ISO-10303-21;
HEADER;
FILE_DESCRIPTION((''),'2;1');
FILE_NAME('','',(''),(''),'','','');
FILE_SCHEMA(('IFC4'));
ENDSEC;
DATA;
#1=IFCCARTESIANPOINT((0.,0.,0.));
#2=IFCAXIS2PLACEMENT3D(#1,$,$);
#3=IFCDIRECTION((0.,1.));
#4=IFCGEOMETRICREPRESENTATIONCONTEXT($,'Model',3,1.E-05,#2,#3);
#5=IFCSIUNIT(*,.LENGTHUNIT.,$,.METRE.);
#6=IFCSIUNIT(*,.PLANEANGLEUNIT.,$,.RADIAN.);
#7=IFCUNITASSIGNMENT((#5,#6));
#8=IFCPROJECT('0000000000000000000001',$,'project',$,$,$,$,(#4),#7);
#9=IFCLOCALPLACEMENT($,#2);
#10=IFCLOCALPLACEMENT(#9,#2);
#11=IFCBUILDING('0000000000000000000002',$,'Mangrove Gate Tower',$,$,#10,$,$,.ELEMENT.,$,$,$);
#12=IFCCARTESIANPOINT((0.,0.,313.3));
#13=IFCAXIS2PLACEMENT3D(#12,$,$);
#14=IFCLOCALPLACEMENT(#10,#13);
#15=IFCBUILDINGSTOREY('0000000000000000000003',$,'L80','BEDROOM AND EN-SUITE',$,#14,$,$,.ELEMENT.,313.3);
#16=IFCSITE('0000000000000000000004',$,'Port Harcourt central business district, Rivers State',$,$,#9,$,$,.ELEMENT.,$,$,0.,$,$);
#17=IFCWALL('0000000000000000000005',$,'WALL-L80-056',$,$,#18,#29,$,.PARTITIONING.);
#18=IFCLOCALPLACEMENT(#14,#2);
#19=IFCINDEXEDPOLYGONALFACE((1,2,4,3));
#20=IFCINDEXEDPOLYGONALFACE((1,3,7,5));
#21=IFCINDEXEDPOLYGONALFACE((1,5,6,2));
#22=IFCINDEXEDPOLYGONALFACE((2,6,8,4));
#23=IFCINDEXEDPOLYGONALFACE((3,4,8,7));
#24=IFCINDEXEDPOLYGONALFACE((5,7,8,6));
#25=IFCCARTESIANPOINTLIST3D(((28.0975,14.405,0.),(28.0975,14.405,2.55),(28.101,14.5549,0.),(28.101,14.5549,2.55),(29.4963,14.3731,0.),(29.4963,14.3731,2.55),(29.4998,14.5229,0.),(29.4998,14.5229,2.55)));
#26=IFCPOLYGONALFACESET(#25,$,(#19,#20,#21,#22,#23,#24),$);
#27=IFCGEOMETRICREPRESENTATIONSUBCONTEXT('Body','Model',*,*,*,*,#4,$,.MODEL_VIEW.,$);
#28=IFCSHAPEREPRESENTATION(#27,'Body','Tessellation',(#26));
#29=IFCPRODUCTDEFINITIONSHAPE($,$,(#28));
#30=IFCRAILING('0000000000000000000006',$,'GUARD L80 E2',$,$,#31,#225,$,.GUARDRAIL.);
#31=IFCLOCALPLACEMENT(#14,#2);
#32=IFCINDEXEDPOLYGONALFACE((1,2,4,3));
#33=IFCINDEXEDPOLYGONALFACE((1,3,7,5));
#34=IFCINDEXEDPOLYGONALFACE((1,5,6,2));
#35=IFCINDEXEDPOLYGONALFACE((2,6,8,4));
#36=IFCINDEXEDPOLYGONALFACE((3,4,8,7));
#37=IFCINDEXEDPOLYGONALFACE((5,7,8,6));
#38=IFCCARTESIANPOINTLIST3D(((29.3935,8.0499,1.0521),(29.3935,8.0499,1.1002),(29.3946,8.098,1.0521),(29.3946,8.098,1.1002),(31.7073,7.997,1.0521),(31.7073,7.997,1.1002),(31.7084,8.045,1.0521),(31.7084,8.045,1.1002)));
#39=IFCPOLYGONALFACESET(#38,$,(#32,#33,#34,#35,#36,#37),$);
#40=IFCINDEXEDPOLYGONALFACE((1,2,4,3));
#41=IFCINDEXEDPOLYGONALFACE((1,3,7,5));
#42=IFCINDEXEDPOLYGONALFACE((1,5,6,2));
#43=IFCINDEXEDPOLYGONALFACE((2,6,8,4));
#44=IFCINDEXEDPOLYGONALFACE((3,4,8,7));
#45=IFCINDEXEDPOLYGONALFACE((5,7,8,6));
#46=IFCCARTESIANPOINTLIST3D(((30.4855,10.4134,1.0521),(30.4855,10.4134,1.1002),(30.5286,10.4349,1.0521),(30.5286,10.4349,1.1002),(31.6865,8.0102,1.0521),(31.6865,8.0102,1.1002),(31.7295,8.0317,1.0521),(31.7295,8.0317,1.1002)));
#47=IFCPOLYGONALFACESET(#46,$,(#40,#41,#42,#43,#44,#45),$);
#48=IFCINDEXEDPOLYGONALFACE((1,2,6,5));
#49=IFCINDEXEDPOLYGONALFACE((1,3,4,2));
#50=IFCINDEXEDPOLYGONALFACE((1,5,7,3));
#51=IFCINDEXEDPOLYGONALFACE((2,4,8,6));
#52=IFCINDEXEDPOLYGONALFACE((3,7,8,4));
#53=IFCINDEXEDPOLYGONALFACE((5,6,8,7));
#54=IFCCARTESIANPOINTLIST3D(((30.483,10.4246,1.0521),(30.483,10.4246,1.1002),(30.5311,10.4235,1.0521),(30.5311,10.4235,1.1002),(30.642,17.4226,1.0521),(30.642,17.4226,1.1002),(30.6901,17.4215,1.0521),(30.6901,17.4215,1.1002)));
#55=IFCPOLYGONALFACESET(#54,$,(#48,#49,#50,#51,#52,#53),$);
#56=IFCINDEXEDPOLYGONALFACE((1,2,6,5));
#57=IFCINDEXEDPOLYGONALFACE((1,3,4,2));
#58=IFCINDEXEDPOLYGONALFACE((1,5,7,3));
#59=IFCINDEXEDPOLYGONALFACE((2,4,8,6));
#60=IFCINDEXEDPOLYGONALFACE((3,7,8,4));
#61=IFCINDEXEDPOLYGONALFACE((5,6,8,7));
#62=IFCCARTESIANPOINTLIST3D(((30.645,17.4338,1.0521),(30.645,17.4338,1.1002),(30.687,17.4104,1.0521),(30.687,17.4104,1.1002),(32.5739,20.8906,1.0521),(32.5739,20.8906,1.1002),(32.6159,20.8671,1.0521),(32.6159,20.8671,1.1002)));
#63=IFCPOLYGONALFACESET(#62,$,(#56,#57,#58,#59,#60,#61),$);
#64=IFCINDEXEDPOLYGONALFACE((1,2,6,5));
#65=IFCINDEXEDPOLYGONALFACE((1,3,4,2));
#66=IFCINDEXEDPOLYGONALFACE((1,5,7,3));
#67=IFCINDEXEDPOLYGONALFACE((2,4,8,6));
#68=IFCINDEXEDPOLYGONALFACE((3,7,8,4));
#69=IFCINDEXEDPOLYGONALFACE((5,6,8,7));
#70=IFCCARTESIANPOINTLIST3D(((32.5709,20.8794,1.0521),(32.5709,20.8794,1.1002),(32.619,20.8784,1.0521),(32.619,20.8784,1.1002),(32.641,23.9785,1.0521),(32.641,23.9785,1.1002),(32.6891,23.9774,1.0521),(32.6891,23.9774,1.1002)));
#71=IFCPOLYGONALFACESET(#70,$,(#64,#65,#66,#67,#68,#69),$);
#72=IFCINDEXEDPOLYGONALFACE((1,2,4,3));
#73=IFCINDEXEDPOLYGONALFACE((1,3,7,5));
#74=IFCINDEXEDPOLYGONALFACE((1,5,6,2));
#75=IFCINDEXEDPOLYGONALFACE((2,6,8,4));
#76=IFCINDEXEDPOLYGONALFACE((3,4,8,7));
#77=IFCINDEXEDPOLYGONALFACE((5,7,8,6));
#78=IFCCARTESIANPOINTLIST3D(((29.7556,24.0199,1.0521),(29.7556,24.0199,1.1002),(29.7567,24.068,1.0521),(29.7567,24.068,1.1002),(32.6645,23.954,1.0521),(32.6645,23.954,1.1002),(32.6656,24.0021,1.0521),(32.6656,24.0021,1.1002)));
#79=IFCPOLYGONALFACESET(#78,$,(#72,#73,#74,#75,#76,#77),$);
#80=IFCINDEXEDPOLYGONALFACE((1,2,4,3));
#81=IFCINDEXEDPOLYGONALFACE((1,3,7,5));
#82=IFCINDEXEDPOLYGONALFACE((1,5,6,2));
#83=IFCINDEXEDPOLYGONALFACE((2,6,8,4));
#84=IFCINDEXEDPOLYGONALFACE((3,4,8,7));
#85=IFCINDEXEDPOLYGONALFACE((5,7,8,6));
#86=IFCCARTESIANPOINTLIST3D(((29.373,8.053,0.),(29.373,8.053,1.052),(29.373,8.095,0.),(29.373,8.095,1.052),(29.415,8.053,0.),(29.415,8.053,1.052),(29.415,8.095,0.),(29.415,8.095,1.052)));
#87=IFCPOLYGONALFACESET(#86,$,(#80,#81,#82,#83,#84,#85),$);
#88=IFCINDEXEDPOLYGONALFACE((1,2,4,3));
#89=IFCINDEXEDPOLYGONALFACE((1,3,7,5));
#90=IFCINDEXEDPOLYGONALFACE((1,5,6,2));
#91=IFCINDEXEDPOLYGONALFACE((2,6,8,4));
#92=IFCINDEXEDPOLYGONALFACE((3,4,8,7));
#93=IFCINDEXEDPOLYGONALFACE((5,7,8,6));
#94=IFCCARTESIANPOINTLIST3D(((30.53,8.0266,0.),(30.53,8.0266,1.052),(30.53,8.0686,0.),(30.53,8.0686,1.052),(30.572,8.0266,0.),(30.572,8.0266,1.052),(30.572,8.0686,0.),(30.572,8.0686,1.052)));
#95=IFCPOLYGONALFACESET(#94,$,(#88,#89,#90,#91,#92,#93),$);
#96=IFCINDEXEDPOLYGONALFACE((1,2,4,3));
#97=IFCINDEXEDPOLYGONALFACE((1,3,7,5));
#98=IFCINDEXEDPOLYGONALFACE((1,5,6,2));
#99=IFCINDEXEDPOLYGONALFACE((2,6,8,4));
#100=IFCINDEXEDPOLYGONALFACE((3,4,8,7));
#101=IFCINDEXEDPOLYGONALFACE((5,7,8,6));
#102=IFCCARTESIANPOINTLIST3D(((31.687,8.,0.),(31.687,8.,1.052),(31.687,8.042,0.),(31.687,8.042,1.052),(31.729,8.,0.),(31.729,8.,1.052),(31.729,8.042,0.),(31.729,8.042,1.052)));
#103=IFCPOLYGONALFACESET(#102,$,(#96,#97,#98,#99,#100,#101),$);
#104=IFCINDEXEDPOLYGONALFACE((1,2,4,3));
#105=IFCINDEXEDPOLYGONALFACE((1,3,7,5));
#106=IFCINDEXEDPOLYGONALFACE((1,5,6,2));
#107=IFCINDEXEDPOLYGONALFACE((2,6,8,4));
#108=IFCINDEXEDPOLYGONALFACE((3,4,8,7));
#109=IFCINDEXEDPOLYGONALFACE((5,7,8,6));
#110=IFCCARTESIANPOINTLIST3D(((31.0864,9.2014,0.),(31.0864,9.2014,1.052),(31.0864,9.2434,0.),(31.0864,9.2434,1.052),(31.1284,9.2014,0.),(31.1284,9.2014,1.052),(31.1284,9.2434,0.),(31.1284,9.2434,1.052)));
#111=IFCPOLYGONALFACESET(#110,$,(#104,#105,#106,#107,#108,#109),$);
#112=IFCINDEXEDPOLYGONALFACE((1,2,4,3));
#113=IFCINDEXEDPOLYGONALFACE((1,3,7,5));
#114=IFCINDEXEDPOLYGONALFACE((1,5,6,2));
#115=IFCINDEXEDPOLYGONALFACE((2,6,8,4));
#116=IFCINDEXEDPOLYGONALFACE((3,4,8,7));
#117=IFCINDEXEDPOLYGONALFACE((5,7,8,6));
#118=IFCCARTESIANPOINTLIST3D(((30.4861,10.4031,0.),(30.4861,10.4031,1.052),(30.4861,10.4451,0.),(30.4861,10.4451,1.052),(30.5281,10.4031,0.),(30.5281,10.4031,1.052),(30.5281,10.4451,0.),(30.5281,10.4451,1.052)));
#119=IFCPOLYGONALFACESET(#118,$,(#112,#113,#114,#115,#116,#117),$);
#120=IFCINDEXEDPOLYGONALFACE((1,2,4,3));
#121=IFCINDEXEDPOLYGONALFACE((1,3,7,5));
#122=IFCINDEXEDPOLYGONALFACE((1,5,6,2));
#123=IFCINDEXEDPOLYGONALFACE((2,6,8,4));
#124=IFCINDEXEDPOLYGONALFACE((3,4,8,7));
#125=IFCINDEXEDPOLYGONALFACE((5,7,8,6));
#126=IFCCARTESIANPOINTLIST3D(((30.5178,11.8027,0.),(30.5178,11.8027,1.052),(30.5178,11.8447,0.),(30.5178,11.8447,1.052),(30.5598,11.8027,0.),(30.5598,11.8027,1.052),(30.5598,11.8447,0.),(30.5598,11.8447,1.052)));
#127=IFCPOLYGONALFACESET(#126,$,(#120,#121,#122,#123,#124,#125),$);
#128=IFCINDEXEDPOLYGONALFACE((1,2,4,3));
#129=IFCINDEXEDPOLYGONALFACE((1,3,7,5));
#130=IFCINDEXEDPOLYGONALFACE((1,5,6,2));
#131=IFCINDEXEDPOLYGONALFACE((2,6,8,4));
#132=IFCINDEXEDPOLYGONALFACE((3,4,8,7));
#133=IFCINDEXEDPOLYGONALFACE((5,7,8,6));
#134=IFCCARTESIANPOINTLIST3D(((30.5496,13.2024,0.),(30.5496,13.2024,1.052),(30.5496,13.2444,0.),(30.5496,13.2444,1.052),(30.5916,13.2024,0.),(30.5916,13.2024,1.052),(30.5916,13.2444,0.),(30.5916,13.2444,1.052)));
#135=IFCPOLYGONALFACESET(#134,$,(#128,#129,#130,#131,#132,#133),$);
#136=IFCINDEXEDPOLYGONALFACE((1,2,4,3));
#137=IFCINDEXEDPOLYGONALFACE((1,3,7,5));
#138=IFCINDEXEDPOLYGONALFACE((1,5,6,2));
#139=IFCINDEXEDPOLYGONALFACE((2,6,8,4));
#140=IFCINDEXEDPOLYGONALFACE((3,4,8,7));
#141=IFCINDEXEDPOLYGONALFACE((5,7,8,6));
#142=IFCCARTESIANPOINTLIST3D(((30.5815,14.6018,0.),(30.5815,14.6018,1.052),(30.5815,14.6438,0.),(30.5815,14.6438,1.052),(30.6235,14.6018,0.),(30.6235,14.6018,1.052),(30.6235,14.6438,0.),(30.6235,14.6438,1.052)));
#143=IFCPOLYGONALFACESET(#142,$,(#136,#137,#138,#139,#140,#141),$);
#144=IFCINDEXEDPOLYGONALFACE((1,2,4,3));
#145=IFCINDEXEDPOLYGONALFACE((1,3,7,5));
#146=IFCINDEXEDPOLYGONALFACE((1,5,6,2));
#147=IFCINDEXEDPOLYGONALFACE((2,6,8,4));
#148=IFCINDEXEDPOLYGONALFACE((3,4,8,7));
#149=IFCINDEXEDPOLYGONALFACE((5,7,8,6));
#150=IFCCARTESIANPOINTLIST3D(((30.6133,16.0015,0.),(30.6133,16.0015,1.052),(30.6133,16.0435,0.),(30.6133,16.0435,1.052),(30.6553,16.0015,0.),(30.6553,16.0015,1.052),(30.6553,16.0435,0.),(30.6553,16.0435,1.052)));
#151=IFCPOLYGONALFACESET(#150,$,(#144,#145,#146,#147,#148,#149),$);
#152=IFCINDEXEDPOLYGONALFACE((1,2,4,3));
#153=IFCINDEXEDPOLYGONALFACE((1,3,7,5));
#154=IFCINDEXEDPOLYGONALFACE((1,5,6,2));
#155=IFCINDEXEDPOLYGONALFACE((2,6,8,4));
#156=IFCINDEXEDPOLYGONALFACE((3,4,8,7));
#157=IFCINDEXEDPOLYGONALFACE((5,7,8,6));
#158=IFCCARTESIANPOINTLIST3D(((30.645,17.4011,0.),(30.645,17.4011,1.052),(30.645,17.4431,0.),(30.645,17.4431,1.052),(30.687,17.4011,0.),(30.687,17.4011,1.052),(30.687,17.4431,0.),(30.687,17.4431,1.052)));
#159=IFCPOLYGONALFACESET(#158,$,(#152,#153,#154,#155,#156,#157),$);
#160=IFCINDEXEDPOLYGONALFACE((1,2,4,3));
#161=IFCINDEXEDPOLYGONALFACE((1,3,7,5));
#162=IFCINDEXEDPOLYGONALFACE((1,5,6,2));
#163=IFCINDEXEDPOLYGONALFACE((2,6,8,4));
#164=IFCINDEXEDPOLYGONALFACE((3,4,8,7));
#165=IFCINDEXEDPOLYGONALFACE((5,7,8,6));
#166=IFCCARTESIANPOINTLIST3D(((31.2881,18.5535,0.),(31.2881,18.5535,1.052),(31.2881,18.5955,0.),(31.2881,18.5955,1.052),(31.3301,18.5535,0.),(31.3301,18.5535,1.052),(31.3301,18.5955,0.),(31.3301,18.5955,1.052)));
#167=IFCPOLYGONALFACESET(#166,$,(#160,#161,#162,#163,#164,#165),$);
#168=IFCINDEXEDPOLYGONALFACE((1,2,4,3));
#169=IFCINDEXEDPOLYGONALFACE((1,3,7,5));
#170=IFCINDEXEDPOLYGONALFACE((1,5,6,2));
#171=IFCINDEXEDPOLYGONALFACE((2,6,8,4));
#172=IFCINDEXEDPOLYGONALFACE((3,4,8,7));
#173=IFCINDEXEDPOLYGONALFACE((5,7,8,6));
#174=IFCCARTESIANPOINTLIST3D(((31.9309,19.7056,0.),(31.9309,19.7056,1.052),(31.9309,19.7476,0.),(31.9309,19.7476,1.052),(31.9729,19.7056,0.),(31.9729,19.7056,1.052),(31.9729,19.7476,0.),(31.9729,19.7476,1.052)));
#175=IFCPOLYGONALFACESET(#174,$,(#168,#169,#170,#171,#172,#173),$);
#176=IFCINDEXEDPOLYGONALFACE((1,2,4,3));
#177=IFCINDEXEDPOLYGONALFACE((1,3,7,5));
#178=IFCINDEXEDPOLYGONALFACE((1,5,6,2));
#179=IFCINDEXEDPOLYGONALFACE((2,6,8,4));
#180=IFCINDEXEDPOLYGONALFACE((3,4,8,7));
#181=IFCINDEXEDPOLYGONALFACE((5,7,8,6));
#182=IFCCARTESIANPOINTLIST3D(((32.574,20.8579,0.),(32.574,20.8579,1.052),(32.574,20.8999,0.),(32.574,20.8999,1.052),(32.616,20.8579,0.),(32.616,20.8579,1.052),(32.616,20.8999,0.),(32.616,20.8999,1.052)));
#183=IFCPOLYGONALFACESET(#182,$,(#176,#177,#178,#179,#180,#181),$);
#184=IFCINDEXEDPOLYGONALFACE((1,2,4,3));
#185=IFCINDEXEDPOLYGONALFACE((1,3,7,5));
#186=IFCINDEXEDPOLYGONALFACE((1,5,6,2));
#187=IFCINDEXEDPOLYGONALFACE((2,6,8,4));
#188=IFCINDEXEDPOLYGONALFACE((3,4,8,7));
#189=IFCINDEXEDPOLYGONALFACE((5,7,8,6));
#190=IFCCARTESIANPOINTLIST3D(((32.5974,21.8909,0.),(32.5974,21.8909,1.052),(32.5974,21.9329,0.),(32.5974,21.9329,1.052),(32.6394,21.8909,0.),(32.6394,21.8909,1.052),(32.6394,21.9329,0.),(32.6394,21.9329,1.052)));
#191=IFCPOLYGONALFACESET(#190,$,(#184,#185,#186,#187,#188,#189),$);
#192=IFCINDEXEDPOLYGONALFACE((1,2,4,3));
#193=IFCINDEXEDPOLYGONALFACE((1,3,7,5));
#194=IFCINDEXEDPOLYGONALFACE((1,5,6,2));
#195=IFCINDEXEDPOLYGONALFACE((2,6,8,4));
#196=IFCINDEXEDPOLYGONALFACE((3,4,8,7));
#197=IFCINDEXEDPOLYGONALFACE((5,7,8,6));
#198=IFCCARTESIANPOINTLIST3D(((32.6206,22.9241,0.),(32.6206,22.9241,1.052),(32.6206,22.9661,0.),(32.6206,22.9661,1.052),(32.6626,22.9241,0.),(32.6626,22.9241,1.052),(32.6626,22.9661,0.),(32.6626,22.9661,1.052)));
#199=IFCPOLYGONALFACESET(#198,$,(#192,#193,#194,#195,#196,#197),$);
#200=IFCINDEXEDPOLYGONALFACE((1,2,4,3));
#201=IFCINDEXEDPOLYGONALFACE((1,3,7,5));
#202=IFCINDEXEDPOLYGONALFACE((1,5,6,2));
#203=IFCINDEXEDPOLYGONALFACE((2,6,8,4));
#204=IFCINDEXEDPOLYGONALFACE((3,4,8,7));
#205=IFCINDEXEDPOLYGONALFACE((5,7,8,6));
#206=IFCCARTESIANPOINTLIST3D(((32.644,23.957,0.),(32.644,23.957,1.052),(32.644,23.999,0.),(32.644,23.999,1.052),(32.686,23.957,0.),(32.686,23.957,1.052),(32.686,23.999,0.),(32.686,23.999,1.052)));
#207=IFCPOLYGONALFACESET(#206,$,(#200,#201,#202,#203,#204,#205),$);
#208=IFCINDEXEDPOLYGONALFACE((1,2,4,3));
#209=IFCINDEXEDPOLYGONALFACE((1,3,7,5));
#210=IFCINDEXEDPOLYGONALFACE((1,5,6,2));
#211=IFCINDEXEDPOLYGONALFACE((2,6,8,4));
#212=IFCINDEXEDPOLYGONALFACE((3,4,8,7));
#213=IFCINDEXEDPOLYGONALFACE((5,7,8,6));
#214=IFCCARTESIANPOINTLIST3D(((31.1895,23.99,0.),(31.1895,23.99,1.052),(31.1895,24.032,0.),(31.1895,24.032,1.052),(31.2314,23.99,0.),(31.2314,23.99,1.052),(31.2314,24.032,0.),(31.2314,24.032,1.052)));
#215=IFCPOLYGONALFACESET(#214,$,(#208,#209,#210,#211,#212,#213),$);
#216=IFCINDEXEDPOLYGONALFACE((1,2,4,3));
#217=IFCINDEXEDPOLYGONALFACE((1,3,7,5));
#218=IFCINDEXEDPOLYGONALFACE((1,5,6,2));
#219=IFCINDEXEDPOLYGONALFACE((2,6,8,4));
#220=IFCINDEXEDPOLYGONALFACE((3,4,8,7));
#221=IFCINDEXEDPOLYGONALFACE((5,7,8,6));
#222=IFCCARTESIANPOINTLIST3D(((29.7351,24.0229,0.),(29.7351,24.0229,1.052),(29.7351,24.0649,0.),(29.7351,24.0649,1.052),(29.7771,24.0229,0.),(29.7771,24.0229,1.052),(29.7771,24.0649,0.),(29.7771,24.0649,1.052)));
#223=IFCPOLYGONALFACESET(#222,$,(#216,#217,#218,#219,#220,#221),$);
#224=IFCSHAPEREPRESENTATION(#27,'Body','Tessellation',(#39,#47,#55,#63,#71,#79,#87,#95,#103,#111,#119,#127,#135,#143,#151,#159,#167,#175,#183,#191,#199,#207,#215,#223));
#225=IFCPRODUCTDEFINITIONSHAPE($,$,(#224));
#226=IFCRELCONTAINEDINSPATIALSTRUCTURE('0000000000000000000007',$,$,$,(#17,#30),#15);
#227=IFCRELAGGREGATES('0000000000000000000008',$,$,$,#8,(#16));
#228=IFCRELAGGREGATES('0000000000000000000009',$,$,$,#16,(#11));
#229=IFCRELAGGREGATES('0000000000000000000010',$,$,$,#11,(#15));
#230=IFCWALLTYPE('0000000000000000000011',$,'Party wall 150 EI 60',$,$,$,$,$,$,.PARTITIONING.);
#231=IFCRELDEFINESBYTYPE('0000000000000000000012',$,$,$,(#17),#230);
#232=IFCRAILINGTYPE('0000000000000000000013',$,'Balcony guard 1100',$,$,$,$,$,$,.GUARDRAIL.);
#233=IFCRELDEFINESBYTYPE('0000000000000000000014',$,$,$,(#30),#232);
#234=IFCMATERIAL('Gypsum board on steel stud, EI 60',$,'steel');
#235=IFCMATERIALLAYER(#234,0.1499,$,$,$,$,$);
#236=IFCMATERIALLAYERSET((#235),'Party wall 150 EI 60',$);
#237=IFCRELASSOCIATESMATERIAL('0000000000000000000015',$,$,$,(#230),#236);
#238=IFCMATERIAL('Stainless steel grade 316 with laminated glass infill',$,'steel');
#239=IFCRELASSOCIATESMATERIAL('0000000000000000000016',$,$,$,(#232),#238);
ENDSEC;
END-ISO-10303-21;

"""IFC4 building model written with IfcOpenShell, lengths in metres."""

from ifc_helpers import new_model, si_unit, direction, frame, frame_2d, origin, origin_2d, place, context, subcontext, project, spatial, rectangle, extrude, material, layer, layer_set, type_object, element, save


model = new_model("IFC4")

# Units and contexts
model_context = context("Model", 3, precision=1e-05, world=origin(), true_north=direction((0.0, 1.0)))
body_context = subcontext(model_context, "Body", "Model", "MODEL_VIEW")
ifc_project = project(units=[si_unit("LENGTHUNIT", "METRE"), si_unit("PLANEANGLEUNIT", "RADIAN")], contexts=[model_context])

# Site, building, storey
site_placement = place(None, origin())
site = spatial("IfcSite", under=ifc_project, at=site_placement, Name="Port Harcourt central business district, Rivers State", CompositionType="ELEMENT", RefElevation=0.0)
building_placement = place(site_placement, origin())
building = spatial("IfcBuilding", under=site, at=building_placement, Name="Mangrove Gate Tower", CompositionType="ELEMENT")
storey_placement = place(building_placement, frame((0.0, 0.0, 313.3)))
storey = spatial("IfcBuildingStorey", under=building, at=storey_placement, Name="L80", Description="BEDROOM AND EN-SUITE", CompositionType="ELEMENT", Elevation=313.3)

# Wall
ifc_material_1 = material(Name="Gypsum board on steel stud, EI 60", Category="steel")
ifc_layer_1 = layer(ifc_material_1, 0.1499)
ifc_layer_set_1 = layer_set([ifc_layer_1], Name="Party wall 150 EI 60")
wall_type_1 = type_object("IfcWallType", Name="Party wall 150 EI 60", PredefinedType="PARTITIONING", material=ifc_layer_set_1)
wall_1_placement = place(storey_placement, frame((28.0991, 14.48, 0.0), z_axis=(0.0, 0.0, 1.0), x_axis=(0.999739, -0.022856, 0.0)))
element("IfcWall", 1, at=wall_1_placement, inside=storey, type_object=wall_type_1, Name="WALL-L80-056", PredefinedType="PARTITIONING", context=body_context, shape_type="SweptSolid", body=[
    extrude(rectangle(XDim=1.3992, YDim=0.1499, at=frame_2d((0.6997, 0.0))), origin(), (0.0, 0.0, 1.0), 2.55),
])

# Railing
ifc_material_2 = material(Name="Stainless steel grade 316 with laminated glass infill", Category="steel")
railing_type = type_object("IfcRailingType", Name="Balcony guard 1100", PredefinedType="GUARDRAIL", material=ifc_material_2)
railing_placement = place(storey_placement, frame((29.394, 8.074, 0.0)))
element("IfcRailing", 2, at=railing_placement, inside=storey, type_object=railing_type, Name="GUARD L80 E2", PredefinedType="GUARDRAIL", context=body_context, shape_type="SweptSolid", body=[
    extrude(rectangle(XDim=0.0481, YDim=0.0481, at=origin_2d()), frame((0.0, 0.0, 1.0762), z_axis=(0.999738, -0.022889, 0.0), x_axis=(0.022889, 0.999738, 0.0)), (0.0, 0.0, 1.0), 2.3145),
    extrude(rectangle(XDim=0.0481, YDim=0.0481, at=origin_2d()), frame((2.314, -0.053, 1.0762), z_axis=(-0.447032, 0.894518, 0.0), x_axis=(-0.894518, -0.447032, 0.0)), (0.0, 0.0, 1.0), 2.6865),
    extrude(rectangle(XDim=0.0481, YDim=0.0481, at=origin_2d()), frame((1.113, 2.3501, 1.0762), z_axis=(0.022706, 0.999742, 0.0), x_axis=(-0.999742, 0.022706, 0.0)), (0.0, 0.0, 1.0), 6.9998),
    extrude(rectangle(XDim=0.0481, YDim=0.0481, at=origin_2d()), frame((1.272, 9.3481, 1.0762), z_axis=(0.487286, 0.873242, 0.0), x_axis=(-0.873242, 0.487286, 0.0)), (0.0, 0.0, 1.0), 3.9585),
    extrude(rectangle(XDim=0.0481, YDim=0.0481, at=origin_2d()), frame((3.2009, 12.8049, 1.0762), z_axis=(0.022603, 0.999745, 0.0), x_axis=(-0.999745, 0.022603, 0.0)), (0.0, 0.0, 1.0), 3.0999),
    extrude(rectangle(XDim=0.0481, YDim=0.0481, at=origin_2d()), frame((3.271, 15.9041, 1.0762), z_axis=(-0.999743, 0.022655, 0.0), x_axis=(-0.022655, -0.999743, 0.0)), (0.0, 0.0, 1.0), 2.9097),
    extrude(rectangle(XDim=0.042, YDim=0.042, at=origin_2d()), origin(), (0.0, 0.0, 1.0), 1.052),
    extrude(rectangle(XDim=0.042, YDim=0.042, at=origin_2d()), frame((1.157, -0.0264, 0.0)), (0.0, 0.0, 1.0), 1.052),
    extrude(rectangle(XDim=0.042, YDim=0.042, at=origin_2d()), frame((2.314, -0.053, 0.0)), (0.0, 0.0, 1.0), 1.052),
    extrude(rectangle(XDim=0.042, YDim=0.042, at=origin_2d()), frame((1.7134, 1.1484, 0.0)), (0.0, 0.0, 1.0), 1.052),
    extrude(rectangle(XDim=0.042, YDim=0.042, at=origin_2d()), frame((1.113, 2.3501, 0.0)), (0.0, 0.0, 1.0), 1.052),
    extrude(rectangle(XDim=0.042, YDim=0.042, at=origin_2d()), frame((1.1448, 3.7498, 0.0)), (0.0, 0.0, 1.0), 1.052),
    extrude(rectangle(XDim=0.042, YDim=0.042, at=origin_2d()), frame((1.1765, 5.1494, 0.0)), (0.0, 0.0, 1.0), 1.052),
    extrude(rectangle(XDim=0.042, YDim=0.042, at=origin_2d()), frame((1.2085, 6.5488, 0.0)), (0.0, 0.0, 1.0), 1.052),
    extrude(rectangle(XDim=0.042, YDim=0.042, at=origin_2d()), frame((1.2402, 7.9485, 0.0)), (0.0, 0.0, 1.0), 1.052),
    extrude(rectangle(XDim=0.042, YDim=0.042, at=origin_2d()), frame((1.272, 9.3481, 0.0)), (0.0, 0.0, 1.0), 1.052),
    extrude(rectangle(XDim=0.042, YDim=0.042, at=origin_2d()), frame((1.915, 10.5005, 0.0)), (0.0, 0.0, 1.0), 1.052),
    extrude(rectangle(XDim=0.042, YDim=0.042, at=origin_2d()), frame((2.5579, 11.6526, 0.0)), (0.0, 0.0, 1.0), 1.052),
    extrude(rectangle(XDim=0.042, YDim=0.042, at=origin_2d()), frame((3.2009, 12.8049, 0.0)), (0.0, 0.0, 1.0), 1.052),
    extrude(rectangle(XDim=0.042, YDim=0.042, at=origin_2d()), frame((3.2244, 13.8379, 0.0)), (0.0, 0.0, 1.0), 1.052),
    extrude(rectangle(XDim=0.042, YDim=0.042, at=origin_2d()), frame((3.2476, 14.8711, 0.0)), (0.0, 0.0, 1.0), 1.052),
    extrude(rectangle(XDim=0.042, YDim=0.042, at=origin_2d()), frame((3.271, 15.9041, 0.0)), (0.0, 0.0, 1.0), 1.052),
    extrude(rectangle(XDim=0.042, YDim=0.042, at=origin_2d()), frame((1.8164, 15.937, 0.0)), (0.0, 0.0, 1.0), 1.052),
    extrude(rectangle(XDim=0.042, YDim=0.042, at=origin_2d()), frame((0.3621, 15.97, 0.0)), (0.0, 0.0, 1.0), 1.052),
])

save(model, "model.ifc")
